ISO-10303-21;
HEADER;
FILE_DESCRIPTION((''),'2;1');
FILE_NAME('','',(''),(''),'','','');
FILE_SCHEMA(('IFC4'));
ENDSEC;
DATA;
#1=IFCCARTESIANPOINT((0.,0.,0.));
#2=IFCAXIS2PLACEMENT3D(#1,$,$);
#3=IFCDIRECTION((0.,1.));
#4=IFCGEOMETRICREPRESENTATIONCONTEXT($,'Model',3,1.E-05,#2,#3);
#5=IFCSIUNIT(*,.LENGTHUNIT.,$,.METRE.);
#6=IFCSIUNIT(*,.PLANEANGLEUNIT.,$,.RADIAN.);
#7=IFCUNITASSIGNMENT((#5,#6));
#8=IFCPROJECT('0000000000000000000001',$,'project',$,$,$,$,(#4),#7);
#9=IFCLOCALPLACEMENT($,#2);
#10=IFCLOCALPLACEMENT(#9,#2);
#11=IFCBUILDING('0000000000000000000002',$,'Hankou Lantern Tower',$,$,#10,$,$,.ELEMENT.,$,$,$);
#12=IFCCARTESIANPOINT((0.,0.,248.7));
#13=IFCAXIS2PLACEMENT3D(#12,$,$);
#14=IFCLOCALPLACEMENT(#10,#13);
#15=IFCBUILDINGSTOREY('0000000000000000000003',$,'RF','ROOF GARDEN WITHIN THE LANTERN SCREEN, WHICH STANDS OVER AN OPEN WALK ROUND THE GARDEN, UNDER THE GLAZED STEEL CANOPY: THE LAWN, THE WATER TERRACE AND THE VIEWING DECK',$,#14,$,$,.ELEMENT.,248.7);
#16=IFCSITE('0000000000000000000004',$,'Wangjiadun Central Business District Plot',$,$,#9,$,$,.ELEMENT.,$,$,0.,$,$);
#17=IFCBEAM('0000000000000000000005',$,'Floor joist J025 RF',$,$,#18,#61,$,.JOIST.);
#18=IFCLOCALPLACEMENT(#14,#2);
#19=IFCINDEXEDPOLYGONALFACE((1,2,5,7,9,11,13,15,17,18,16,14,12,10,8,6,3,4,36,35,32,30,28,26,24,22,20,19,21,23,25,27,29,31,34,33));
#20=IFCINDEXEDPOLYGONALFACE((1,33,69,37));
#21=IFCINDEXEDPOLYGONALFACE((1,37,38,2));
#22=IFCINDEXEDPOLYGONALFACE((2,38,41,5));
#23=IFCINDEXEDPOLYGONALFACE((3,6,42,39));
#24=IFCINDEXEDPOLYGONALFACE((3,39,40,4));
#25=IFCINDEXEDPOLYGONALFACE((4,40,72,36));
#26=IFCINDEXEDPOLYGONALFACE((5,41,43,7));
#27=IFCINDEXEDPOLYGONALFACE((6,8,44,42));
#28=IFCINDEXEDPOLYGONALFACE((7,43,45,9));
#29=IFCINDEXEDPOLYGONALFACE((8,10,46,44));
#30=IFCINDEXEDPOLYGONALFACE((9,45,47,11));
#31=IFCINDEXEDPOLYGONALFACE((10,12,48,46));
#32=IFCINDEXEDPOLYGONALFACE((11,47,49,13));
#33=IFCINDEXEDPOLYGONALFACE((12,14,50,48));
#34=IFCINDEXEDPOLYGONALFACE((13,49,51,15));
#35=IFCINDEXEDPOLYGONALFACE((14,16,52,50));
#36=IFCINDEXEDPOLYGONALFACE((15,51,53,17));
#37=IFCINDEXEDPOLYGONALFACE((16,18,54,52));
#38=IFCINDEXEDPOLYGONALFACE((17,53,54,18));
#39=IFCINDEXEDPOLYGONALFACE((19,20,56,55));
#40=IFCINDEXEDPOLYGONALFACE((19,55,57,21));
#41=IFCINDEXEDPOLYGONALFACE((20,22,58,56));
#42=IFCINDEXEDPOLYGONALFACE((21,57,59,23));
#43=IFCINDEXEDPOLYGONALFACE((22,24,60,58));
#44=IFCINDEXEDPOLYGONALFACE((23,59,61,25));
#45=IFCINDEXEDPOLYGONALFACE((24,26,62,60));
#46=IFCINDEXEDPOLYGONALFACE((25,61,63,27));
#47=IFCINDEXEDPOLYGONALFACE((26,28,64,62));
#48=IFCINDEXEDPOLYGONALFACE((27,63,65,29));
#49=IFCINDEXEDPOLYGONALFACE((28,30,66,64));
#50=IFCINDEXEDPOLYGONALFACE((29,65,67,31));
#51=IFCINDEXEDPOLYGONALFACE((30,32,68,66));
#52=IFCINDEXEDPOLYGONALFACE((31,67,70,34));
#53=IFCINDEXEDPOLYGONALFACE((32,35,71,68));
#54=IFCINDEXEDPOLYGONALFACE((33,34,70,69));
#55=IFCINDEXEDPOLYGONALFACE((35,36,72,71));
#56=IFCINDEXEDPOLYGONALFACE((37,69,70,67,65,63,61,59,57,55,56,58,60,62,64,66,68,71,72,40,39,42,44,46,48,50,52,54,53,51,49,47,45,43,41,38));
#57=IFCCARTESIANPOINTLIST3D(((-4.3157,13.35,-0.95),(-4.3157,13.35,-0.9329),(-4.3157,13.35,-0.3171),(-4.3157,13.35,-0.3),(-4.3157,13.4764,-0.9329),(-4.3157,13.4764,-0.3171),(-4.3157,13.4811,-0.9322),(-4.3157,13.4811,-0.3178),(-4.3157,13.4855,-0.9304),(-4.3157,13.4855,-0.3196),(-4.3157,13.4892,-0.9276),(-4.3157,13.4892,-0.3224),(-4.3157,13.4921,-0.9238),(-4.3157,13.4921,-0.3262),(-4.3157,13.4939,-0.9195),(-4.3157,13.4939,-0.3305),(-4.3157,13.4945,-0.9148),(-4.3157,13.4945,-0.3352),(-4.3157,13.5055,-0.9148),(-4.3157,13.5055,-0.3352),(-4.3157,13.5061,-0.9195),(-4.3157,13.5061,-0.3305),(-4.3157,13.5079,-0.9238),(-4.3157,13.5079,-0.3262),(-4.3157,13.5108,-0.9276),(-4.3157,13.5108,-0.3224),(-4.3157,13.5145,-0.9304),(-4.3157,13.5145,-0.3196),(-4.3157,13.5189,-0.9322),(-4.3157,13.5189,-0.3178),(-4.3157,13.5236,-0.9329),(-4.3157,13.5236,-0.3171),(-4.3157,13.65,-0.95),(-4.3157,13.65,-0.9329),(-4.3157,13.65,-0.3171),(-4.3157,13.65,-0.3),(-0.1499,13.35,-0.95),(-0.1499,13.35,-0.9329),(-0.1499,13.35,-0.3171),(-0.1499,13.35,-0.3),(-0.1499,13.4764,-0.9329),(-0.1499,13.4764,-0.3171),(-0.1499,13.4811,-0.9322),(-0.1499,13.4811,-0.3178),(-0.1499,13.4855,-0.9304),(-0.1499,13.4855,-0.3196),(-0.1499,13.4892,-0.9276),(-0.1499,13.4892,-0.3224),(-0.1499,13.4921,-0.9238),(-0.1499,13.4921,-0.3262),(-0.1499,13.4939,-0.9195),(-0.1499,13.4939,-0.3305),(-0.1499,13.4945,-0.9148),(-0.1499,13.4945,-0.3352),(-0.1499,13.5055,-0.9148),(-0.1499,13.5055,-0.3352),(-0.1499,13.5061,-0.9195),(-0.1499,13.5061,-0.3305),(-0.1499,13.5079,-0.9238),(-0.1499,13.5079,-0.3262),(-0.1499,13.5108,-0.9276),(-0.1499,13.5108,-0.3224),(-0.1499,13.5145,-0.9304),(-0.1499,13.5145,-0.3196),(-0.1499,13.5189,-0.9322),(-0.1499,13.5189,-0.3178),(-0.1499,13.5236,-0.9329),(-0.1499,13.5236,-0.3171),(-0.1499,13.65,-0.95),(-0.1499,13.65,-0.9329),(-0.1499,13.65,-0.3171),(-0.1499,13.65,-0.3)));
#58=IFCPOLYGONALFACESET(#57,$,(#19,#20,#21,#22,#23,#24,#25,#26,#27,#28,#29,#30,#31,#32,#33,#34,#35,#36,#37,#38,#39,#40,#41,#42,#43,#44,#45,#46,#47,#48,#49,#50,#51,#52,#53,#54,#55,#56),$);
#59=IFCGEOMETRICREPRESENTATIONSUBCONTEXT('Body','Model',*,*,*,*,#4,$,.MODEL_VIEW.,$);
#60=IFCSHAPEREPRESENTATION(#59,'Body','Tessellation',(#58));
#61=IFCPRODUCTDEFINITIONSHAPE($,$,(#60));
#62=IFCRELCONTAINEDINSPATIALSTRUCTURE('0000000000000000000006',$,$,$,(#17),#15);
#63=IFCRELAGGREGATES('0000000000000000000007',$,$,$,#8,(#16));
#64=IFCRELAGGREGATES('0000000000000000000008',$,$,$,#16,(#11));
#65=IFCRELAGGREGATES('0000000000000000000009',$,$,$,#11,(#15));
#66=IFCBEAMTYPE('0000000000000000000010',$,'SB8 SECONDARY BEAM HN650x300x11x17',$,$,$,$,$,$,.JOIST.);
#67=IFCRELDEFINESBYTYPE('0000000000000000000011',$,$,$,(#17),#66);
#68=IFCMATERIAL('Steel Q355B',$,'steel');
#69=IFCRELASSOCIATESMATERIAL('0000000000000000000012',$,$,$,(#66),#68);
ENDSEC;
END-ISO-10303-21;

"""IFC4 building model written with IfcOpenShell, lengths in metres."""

from ifc_helpers import new_model, si_unit, direction, frame, origin, origin_2d, place, context, subcontext, project, spatial, i_section, extrude, material, material_profile, profile_set, type_object, element, save


model = new_model("IFC4")

# Units and contexts
model_context = context("Model", 3, precision=1e-05, world=origin(), true_north=direction((0.0, 1.0)))
body_context = subcontext(model_context, "Body", "Model", "MODEL_VIEW")
ifc_project = project(units=[si_unit("LENGTHUNIT", "METRE"), si_unit("PLANEANGLEUNIT", "RADIAN")], contexts=[model_context])

# Site, building, storey
site_placement = place(None, origin())
site = spatial("IfcSite", under=ifc_project, at=site_placement, Name="Wangjiadun Central Business District Plot", CompositionType="ELEMENT", RefElevation=0.0)
building_placement = place(site_placement, origin())
building = spatial("IfcBuilding", under=site, at=building_placement, Name="Hankou Lantern Tower", CompositionType="ELEMENT")
storey_placement = place(building_placement, frame((0.0, 0.0, 248.7)))
storey = spatial("IfcBuildingStorey", under=building, at=storey_placement, Name="RF", Description="ROOF GARDEN WITHIN THE LANTERN SCREEN, WHICH STANDS OVER AN OPEN WALK ROUND THE GARDEN, UNDER THE GLAZED STEEL CANOPY: THE LAWN, THE WATER TERRACE AND THE VIEWING DECK", CompositionType="ELEMENT", Elevation=248.7)

# Beam
ifc_material_1 = material(Name="Steel Q355B", Category="steel")
ifc_material_profile_1 = material_profile(ifc_material_1, i_section(OverallWidth=0.3, OverallDepth=0.6499, WebThickness=0.011, FlangeThickness=0.0171, FilletRadius=0.0181, at=origin_2d()), Name="HN650x300x11x17")
ifc_profile_set_1 = profile_set([ifc_material_profile_1], Name="Steel Q355B")
beam_type_1 = type_object("IfcBeamType", Name="SB8 SECONDARY BEAM HN650x300x11x17", PredefinedType="JOIST", material=ifc_profile_set_1)
beam_1_placement = place(storey_placement, frame((-4.3157, 13.5, -0.625), z_axis=(1.0, 0.0, 0.0), x_axis=(0.0, 1.0, 0.0)))
element("IfcBeam", 1, at=beam_1_placement, inside=storey, type_object=beam_type_1, Name="Floor joist J025 RF", PredefinedType="JOIST", context=body_context, shape_type="SweptSolid", body=[
    extrude(i_section(OverallWidth=0.3, OverallDepth=0.6499, WebThickness=0.011, FlangeThickness=0.0171, FilletRadius=0.0181, at=origin_2d()), origin(), (0.0, 0.0, 1.0), 4.1658),
])

save(model, "model.ifc")
